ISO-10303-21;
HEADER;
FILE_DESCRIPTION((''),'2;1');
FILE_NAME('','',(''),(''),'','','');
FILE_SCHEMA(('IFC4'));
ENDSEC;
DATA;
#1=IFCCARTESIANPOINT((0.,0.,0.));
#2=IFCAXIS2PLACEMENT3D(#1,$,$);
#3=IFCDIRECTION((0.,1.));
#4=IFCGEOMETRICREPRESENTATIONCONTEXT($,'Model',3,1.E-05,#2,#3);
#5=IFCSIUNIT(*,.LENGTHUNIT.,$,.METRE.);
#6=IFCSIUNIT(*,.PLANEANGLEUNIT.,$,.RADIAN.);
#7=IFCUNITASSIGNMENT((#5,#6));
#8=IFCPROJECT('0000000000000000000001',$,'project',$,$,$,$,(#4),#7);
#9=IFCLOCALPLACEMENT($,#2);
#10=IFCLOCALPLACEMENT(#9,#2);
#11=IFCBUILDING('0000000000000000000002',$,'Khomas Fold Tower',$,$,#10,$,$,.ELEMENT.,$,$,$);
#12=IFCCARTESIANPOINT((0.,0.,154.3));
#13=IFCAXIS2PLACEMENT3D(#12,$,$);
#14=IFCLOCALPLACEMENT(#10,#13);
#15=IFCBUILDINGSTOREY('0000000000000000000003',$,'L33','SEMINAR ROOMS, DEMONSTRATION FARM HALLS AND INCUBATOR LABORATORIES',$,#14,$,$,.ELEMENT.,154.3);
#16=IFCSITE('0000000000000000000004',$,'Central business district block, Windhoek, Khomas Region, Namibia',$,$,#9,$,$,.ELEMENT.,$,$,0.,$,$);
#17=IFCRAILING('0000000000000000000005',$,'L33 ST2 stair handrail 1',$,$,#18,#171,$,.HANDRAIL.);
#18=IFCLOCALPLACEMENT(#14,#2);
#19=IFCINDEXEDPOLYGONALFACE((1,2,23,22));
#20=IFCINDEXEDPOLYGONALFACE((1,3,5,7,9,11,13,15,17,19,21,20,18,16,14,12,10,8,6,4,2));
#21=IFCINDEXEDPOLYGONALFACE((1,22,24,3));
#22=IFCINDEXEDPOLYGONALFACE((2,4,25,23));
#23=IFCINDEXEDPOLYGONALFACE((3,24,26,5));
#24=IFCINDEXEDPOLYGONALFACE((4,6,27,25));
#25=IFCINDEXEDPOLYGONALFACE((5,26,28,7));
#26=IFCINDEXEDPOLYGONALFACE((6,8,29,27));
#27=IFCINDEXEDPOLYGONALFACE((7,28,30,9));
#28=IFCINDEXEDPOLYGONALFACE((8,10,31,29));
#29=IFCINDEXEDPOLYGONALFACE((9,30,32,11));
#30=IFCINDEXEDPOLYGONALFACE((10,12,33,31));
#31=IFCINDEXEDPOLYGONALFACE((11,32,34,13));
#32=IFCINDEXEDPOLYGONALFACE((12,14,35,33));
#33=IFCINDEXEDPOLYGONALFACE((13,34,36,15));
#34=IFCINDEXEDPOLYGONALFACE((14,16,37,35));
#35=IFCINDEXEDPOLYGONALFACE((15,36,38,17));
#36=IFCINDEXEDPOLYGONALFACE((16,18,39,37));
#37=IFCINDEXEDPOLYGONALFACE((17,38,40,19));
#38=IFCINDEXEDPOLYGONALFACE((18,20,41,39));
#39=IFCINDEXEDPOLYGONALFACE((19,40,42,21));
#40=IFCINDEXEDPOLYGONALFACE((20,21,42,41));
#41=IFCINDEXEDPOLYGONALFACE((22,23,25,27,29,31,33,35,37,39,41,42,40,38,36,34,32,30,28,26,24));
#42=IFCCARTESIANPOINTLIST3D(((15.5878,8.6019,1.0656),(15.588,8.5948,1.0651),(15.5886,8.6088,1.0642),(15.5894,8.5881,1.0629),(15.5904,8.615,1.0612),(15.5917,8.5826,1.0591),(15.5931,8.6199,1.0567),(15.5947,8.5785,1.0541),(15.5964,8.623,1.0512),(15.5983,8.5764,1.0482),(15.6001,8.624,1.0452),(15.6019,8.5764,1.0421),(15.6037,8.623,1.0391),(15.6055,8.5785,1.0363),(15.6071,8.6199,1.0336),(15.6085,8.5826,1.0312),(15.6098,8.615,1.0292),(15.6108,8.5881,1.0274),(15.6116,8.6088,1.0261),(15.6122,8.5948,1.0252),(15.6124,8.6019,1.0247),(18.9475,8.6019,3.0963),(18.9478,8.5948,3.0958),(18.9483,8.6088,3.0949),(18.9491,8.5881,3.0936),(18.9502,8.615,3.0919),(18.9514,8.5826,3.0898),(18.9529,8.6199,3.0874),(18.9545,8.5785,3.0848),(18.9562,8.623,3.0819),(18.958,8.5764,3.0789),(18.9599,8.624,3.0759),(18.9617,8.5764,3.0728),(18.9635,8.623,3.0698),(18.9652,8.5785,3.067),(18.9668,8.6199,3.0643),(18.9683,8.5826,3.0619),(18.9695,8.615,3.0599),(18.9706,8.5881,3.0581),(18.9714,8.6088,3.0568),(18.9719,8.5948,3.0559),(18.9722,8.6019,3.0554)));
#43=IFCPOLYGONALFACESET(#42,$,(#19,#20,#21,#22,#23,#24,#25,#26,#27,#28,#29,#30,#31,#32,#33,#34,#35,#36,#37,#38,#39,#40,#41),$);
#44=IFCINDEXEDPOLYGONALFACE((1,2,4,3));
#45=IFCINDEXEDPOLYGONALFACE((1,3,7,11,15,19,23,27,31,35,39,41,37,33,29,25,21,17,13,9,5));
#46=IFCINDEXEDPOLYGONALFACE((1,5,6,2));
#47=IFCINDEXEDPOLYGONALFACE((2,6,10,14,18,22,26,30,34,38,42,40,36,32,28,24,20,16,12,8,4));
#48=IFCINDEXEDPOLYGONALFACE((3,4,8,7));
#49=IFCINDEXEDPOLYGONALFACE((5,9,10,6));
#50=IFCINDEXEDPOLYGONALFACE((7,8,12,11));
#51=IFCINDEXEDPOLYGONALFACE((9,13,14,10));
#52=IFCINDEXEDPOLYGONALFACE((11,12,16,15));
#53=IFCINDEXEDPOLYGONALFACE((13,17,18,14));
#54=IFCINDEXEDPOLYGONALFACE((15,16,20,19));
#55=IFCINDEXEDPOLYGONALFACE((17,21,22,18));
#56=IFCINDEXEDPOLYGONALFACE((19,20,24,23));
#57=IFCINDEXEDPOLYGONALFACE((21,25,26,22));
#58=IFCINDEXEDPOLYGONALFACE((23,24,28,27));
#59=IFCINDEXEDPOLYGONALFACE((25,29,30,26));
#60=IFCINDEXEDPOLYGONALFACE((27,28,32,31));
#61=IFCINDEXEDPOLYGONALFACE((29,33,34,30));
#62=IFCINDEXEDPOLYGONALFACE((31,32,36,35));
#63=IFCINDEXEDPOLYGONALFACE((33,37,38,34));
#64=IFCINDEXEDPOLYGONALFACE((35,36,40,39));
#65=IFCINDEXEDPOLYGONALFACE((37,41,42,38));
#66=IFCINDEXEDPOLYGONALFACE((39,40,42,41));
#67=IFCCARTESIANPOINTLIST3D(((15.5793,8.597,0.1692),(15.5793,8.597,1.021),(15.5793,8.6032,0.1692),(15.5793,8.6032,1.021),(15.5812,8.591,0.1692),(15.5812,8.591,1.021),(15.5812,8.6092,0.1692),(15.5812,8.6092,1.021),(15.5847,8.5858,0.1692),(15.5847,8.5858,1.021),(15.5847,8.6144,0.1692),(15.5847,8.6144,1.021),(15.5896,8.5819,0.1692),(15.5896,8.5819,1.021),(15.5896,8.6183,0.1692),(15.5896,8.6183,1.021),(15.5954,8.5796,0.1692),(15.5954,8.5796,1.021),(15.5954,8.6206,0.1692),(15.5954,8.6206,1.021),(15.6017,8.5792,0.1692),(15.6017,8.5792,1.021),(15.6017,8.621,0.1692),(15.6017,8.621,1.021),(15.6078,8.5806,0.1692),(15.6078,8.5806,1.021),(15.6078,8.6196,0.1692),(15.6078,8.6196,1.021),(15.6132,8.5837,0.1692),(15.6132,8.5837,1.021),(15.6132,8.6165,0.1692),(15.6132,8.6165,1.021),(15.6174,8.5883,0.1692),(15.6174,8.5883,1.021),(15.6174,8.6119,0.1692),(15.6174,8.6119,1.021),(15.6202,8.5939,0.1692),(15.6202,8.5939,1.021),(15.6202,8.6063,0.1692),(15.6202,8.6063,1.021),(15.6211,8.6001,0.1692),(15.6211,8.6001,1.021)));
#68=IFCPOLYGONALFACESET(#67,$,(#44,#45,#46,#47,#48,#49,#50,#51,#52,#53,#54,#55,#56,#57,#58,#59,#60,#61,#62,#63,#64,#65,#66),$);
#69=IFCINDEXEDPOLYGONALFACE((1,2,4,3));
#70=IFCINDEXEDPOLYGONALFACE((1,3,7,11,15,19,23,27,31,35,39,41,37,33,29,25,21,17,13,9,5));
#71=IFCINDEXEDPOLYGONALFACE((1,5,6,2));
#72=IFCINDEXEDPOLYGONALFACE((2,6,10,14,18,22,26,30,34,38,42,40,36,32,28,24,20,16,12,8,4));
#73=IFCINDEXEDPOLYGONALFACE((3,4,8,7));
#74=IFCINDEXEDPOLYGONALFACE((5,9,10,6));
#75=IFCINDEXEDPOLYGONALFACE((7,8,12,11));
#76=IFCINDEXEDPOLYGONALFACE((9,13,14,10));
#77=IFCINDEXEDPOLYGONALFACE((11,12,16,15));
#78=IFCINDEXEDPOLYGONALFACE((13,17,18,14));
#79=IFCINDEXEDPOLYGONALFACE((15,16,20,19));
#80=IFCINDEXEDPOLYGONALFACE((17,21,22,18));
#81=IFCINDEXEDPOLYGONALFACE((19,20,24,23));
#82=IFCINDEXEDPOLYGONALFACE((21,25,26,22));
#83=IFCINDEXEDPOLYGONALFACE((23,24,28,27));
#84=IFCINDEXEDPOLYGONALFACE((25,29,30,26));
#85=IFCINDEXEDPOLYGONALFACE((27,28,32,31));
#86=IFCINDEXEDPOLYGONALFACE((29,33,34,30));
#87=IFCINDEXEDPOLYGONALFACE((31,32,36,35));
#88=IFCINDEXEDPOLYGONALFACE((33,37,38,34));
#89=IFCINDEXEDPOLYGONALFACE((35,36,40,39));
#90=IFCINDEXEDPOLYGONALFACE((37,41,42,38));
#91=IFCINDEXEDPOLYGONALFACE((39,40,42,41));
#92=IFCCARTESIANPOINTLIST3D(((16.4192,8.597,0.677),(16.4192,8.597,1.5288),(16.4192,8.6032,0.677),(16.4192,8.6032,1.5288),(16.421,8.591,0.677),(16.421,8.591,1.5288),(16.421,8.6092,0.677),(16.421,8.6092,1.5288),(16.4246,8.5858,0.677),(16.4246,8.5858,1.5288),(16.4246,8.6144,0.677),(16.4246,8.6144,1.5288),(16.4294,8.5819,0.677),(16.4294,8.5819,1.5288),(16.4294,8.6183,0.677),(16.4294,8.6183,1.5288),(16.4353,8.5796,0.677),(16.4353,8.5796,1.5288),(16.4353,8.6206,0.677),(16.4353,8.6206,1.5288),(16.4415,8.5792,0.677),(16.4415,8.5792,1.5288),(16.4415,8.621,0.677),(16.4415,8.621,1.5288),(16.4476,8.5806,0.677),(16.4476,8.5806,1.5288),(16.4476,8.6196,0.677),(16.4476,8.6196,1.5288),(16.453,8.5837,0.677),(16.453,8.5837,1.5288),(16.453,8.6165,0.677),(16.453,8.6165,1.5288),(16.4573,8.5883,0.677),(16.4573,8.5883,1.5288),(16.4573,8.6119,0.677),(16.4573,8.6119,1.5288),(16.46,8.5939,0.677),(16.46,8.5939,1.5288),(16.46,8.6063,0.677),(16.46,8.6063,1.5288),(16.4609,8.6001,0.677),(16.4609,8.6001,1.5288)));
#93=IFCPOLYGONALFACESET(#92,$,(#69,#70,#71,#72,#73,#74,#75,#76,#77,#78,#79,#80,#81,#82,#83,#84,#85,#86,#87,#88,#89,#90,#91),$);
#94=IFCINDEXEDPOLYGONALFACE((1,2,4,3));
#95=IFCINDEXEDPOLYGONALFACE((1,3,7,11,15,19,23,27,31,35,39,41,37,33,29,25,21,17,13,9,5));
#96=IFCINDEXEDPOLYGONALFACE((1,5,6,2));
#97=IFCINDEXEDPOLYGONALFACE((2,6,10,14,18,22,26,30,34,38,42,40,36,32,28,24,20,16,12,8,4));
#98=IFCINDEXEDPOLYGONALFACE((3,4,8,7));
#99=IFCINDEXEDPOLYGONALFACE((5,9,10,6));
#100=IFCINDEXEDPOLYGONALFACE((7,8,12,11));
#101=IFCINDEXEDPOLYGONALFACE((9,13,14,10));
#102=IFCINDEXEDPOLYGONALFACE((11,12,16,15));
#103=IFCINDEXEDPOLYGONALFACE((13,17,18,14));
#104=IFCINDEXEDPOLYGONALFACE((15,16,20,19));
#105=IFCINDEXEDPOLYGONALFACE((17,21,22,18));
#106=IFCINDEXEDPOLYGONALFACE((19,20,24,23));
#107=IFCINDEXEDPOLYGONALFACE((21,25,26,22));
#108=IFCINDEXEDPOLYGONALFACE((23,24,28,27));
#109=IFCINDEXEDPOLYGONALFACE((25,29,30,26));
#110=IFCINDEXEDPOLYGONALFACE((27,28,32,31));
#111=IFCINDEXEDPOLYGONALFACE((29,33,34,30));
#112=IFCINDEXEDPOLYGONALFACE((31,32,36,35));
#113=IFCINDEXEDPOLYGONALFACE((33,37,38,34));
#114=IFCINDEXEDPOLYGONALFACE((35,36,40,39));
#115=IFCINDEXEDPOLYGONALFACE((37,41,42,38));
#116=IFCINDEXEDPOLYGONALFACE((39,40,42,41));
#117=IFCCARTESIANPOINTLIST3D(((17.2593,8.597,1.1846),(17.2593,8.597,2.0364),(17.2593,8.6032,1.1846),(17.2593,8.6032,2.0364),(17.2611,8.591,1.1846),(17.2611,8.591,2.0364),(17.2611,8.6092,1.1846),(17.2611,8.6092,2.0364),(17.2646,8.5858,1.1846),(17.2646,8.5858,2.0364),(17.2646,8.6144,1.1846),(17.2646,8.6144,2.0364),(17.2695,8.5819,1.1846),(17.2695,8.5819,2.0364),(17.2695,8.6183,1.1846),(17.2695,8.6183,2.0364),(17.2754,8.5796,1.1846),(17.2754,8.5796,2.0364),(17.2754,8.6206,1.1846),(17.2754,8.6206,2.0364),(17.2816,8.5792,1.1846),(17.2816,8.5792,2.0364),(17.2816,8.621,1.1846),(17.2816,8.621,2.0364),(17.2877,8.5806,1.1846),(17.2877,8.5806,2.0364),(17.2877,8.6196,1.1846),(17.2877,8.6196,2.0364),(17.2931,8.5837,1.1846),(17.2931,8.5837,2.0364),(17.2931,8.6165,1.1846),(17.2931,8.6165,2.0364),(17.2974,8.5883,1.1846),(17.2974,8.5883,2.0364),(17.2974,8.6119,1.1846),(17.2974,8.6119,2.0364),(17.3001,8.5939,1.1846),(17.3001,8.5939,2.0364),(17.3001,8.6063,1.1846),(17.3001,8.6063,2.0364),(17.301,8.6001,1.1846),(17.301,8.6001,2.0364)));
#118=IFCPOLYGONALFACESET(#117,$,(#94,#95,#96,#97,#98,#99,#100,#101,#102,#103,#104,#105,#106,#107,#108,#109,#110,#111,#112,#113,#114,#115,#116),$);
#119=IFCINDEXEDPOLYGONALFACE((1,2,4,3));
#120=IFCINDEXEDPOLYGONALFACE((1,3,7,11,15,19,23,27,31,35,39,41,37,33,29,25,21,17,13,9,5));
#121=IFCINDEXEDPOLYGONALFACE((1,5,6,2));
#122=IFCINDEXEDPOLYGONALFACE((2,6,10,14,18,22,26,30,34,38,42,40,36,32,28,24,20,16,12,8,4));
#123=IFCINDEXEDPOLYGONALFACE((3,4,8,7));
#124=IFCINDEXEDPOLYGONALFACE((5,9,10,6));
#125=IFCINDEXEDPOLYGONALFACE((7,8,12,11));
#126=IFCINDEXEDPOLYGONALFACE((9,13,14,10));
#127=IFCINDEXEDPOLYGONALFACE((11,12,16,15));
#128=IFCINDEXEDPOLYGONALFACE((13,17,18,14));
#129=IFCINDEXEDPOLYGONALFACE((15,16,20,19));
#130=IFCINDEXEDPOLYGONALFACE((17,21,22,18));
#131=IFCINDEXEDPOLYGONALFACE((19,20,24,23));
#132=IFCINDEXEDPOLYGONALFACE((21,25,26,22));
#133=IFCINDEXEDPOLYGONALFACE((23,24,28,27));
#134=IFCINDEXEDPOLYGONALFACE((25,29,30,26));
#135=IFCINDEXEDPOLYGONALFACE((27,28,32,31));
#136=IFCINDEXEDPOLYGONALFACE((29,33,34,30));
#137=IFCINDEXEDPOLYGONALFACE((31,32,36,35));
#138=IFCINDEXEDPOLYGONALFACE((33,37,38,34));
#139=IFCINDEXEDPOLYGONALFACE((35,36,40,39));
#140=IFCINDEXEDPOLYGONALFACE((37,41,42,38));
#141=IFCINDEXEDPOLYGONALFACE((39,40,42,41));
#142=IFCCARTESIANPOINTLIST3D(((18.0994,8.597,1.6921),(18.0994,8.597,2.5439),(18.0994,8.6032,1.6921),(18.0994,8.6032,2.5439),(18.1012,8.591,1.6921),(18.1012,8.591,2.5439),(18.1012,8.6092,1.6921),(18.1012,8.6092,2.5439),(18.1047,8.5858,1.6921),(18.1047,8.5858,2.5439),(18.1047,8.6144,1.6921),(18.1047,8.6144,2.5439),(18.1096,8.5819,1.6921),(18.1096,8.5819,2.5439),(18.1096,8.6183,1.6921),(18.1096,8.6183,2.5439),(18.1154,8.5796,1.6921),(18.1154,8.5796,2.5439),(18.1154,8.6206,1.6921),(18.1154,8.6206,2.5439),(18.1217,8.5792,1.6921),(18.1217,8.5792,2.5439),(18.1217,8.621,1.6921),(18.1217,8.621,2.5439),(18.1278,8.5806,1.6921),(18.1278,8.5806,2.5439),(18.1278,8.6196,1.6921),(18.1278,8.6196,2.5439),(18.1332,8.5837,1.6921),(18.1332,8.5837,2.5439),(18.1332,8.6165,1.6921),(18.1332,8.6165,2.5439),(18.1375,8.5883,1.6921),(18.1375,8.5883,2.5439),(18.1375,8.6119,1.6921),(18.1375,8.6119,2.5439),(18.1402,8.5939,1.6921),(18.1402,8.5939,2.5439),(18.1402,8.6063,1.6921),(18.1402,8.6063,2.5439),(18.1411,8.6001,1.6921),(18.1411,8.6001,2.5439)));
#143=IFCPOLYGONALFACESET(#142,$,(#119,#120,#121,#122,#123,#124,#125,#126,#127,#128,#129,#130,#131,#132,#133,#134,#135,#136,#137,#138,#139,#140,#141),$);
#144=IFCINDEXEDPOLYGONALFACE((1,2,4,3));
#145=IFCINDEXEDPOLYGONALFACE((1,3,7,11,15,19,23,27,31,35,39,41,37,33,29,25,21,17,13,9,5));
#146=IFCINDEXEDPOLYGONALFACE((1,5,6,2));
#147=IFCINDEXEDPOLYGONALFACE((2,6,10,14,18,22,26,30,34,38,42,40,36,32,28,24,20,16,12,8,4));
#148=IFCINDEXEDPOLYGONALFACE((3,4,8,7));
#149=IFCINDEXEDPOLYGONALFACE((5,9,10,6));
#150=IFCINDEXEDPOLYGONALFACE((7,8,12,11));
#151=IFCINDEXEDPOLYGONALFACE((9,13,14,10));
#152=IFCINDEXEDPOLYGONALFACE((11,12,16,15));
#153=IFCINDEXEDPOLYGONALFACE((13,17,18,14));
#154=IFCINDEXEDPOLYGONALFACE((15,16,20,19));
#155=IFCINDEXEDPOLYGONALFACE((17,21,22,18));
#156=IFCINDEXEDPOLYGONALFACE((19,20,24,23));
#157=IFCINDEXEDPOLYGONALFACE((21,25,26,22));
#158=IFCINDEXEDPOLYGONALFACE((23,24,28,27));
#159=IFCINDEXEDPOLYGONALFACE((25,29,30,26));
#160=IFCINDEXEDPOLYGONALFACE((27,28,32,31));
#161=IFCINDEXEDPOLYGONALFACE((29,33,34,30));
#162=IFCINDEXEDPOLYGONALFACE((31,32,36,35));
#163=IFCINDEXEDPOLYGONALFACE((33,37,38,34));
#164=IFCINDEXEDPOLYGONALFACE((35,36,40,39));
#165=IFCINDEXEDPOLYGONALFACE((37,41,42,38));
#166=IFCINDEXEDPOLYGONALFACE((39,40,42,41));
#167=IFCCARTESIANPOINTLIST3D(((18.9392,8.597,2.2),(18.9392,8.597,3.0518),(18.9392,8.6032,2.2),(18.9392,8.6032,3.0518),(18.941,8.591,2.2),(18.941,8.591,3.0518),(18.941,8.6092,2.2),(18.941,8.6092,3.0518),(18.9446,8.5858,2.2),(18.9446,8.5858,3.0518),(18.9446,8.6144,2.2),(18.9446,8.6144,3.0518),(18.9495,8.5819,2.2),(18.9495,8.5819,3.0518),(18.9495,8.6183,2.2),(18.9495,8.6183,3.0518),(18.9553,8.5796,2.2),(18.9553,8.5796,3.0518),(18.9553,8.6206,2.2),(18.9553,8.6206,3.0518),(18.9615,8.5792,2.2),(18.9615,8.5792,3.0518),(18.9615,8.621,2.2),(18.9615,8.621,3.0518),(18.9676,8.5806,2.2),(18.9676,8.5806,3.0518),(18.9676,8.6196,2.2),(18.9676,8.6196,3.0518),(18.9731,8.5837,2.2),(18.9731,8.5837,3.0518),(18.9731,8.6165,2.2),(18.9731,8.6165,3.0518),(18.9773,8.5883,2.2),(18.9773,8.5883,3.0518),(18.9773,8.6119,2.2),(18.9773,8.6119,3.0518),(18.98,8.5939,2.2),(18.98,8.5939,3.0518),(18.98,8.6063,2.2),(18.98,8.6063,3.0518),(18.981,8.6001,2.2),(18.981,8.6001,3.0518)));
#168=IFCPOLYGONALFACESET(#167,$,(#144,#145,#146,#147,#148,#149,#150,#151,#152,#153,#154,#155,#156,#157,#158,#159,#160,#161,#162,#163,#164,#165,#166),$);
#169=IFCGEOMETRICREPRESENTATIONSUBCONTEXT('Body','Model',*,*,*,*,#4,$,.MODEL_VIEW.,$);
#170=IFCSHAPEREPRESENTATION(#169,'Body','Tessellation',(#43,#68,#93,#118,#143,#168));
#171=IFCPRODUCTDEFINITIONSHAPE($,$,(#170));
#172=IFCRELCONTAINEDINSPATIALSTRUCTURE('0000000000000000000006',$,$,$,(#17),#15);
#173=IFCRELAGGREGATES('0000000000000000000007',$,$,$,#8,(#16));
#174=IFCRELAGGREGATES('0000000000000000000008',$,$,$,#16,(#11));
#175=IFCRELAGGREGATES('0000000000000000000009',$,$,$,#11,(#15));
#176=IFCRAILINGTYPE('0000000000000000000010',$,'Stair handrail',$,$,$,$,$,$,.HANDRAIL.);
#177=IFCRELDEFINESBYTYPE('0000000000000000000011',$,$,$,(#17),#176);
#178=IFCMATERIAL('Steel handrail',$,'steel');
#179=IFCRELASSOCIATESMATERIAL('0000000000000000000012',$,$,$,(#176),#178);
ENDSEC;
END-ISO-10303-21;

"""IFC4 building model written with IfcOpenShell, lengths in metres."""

from ifc_helpers import new_model, si_unit, direction, frame, origin, origin_2d, place, context, subcontext, project, spatial, circle, extrude, source, transform, mapped, material, type_object, element, save


model = new_model("IFC4")

# Units and contexts
model_context = context("Model", 3, precision=1e-05, world=origin(), true_north=direction((0.0, 1.0)))
body_context = subcontext(model_context, "Body", "Model", "MODEL_VIEW")
ifc_project = project(units=[si_unit("LENGTHUNIT", "METRE"), si_unit("PLANEANGLEUNIT", "RADIAN")], contexts=[model_context])

# Site, building, storey
site_placement = place(None, origin())
site = spatial("IfcSite", under=ifc_project, at=site_placement, Name="Central business district block, Windhoek, Khomas Region, Namibia", CompositionType="ELEMENT", RefElevation=0.0)
building_placement = place(site_placement, origin())
building = spatial("IfcBuilding", under=site, at=building_placement, Name="Khomas Fold Tower", CompositionType="ELEMENT")
storey_placement = place(building_placement, frame((0.0, 0.0, 154.3)))
storey = spatial("IfcBuildingStorey", under=building, at=storey_placement, Name="L33", Description="SEMINAR ROOMS, DEMONSTRATION FARM HALLS AND INCUBATOR LABORATORIES", CompositionType="ELEMENT", Elevation=154.3)

# Railing
ifc_material_1 = material(Name="Steel handrail", Category="steel")
railing_type_1 = type_object("IfcRailingType", Name="Stair handrail", PredefinedType="HANDRAIL", material=ifc_material_1)
shared_shape_1 = source(origin(), body_context, "Body", "SweptSolid", [
    extrude(circle(Radius=0.0239, at=origin_2d()), frame((0.0, 0.0, 0.876), z_axis=(0.85582, 0.0, 0.517273), x_axis=(0.0, 1.0, 0.0)), (0.0, 0.0, 1.0), 3.9258),
    extrude(circle(Radius=0.021, at=origin_2d()), origin(), (0.0, 0.0, 1.0), 0.8518),
    extrude(circle(Radius=0.021, at=origin_2d()), frame((0.8398, 0.0, 0.5078)), (0.0, 0.0, 1.0), 0.8518),
    extrude(circle(Radius=0.021, at=origin_2d()), frame((1.6799, 0.0, 1.0154)), (0.0, 0.0, 1.0), 0.8518),
    extrude(circle(Radius=0.021, at=origin_2d()), frame((2.52, 0.0, 1.5229)), (0.0, 0.0, 1.0), 0.8518),
    extrude(circle(Radius=0.021, at=origin_2d()), frame((3.3599, 0.0, 2.0308)), (0.0, 0.0, 1.0), 0.8518),
])
railing_1_placement = place(storey_placement, frame((15.6001, 8.6001, 0.1692)))
element("IfcRailing", 1, at=railing_1_placement, inside=storey, type_object=railing_type_1, Name="L33 ST2 stair handrail 1", PredefinedType="HANDRAIL", context=body_context, shape_type="MappedRepresentation", body=[
    mapped(shared_shape_1, transform((0.0, 0.0, 0.0))),
])

save(model, "model.ifc")
